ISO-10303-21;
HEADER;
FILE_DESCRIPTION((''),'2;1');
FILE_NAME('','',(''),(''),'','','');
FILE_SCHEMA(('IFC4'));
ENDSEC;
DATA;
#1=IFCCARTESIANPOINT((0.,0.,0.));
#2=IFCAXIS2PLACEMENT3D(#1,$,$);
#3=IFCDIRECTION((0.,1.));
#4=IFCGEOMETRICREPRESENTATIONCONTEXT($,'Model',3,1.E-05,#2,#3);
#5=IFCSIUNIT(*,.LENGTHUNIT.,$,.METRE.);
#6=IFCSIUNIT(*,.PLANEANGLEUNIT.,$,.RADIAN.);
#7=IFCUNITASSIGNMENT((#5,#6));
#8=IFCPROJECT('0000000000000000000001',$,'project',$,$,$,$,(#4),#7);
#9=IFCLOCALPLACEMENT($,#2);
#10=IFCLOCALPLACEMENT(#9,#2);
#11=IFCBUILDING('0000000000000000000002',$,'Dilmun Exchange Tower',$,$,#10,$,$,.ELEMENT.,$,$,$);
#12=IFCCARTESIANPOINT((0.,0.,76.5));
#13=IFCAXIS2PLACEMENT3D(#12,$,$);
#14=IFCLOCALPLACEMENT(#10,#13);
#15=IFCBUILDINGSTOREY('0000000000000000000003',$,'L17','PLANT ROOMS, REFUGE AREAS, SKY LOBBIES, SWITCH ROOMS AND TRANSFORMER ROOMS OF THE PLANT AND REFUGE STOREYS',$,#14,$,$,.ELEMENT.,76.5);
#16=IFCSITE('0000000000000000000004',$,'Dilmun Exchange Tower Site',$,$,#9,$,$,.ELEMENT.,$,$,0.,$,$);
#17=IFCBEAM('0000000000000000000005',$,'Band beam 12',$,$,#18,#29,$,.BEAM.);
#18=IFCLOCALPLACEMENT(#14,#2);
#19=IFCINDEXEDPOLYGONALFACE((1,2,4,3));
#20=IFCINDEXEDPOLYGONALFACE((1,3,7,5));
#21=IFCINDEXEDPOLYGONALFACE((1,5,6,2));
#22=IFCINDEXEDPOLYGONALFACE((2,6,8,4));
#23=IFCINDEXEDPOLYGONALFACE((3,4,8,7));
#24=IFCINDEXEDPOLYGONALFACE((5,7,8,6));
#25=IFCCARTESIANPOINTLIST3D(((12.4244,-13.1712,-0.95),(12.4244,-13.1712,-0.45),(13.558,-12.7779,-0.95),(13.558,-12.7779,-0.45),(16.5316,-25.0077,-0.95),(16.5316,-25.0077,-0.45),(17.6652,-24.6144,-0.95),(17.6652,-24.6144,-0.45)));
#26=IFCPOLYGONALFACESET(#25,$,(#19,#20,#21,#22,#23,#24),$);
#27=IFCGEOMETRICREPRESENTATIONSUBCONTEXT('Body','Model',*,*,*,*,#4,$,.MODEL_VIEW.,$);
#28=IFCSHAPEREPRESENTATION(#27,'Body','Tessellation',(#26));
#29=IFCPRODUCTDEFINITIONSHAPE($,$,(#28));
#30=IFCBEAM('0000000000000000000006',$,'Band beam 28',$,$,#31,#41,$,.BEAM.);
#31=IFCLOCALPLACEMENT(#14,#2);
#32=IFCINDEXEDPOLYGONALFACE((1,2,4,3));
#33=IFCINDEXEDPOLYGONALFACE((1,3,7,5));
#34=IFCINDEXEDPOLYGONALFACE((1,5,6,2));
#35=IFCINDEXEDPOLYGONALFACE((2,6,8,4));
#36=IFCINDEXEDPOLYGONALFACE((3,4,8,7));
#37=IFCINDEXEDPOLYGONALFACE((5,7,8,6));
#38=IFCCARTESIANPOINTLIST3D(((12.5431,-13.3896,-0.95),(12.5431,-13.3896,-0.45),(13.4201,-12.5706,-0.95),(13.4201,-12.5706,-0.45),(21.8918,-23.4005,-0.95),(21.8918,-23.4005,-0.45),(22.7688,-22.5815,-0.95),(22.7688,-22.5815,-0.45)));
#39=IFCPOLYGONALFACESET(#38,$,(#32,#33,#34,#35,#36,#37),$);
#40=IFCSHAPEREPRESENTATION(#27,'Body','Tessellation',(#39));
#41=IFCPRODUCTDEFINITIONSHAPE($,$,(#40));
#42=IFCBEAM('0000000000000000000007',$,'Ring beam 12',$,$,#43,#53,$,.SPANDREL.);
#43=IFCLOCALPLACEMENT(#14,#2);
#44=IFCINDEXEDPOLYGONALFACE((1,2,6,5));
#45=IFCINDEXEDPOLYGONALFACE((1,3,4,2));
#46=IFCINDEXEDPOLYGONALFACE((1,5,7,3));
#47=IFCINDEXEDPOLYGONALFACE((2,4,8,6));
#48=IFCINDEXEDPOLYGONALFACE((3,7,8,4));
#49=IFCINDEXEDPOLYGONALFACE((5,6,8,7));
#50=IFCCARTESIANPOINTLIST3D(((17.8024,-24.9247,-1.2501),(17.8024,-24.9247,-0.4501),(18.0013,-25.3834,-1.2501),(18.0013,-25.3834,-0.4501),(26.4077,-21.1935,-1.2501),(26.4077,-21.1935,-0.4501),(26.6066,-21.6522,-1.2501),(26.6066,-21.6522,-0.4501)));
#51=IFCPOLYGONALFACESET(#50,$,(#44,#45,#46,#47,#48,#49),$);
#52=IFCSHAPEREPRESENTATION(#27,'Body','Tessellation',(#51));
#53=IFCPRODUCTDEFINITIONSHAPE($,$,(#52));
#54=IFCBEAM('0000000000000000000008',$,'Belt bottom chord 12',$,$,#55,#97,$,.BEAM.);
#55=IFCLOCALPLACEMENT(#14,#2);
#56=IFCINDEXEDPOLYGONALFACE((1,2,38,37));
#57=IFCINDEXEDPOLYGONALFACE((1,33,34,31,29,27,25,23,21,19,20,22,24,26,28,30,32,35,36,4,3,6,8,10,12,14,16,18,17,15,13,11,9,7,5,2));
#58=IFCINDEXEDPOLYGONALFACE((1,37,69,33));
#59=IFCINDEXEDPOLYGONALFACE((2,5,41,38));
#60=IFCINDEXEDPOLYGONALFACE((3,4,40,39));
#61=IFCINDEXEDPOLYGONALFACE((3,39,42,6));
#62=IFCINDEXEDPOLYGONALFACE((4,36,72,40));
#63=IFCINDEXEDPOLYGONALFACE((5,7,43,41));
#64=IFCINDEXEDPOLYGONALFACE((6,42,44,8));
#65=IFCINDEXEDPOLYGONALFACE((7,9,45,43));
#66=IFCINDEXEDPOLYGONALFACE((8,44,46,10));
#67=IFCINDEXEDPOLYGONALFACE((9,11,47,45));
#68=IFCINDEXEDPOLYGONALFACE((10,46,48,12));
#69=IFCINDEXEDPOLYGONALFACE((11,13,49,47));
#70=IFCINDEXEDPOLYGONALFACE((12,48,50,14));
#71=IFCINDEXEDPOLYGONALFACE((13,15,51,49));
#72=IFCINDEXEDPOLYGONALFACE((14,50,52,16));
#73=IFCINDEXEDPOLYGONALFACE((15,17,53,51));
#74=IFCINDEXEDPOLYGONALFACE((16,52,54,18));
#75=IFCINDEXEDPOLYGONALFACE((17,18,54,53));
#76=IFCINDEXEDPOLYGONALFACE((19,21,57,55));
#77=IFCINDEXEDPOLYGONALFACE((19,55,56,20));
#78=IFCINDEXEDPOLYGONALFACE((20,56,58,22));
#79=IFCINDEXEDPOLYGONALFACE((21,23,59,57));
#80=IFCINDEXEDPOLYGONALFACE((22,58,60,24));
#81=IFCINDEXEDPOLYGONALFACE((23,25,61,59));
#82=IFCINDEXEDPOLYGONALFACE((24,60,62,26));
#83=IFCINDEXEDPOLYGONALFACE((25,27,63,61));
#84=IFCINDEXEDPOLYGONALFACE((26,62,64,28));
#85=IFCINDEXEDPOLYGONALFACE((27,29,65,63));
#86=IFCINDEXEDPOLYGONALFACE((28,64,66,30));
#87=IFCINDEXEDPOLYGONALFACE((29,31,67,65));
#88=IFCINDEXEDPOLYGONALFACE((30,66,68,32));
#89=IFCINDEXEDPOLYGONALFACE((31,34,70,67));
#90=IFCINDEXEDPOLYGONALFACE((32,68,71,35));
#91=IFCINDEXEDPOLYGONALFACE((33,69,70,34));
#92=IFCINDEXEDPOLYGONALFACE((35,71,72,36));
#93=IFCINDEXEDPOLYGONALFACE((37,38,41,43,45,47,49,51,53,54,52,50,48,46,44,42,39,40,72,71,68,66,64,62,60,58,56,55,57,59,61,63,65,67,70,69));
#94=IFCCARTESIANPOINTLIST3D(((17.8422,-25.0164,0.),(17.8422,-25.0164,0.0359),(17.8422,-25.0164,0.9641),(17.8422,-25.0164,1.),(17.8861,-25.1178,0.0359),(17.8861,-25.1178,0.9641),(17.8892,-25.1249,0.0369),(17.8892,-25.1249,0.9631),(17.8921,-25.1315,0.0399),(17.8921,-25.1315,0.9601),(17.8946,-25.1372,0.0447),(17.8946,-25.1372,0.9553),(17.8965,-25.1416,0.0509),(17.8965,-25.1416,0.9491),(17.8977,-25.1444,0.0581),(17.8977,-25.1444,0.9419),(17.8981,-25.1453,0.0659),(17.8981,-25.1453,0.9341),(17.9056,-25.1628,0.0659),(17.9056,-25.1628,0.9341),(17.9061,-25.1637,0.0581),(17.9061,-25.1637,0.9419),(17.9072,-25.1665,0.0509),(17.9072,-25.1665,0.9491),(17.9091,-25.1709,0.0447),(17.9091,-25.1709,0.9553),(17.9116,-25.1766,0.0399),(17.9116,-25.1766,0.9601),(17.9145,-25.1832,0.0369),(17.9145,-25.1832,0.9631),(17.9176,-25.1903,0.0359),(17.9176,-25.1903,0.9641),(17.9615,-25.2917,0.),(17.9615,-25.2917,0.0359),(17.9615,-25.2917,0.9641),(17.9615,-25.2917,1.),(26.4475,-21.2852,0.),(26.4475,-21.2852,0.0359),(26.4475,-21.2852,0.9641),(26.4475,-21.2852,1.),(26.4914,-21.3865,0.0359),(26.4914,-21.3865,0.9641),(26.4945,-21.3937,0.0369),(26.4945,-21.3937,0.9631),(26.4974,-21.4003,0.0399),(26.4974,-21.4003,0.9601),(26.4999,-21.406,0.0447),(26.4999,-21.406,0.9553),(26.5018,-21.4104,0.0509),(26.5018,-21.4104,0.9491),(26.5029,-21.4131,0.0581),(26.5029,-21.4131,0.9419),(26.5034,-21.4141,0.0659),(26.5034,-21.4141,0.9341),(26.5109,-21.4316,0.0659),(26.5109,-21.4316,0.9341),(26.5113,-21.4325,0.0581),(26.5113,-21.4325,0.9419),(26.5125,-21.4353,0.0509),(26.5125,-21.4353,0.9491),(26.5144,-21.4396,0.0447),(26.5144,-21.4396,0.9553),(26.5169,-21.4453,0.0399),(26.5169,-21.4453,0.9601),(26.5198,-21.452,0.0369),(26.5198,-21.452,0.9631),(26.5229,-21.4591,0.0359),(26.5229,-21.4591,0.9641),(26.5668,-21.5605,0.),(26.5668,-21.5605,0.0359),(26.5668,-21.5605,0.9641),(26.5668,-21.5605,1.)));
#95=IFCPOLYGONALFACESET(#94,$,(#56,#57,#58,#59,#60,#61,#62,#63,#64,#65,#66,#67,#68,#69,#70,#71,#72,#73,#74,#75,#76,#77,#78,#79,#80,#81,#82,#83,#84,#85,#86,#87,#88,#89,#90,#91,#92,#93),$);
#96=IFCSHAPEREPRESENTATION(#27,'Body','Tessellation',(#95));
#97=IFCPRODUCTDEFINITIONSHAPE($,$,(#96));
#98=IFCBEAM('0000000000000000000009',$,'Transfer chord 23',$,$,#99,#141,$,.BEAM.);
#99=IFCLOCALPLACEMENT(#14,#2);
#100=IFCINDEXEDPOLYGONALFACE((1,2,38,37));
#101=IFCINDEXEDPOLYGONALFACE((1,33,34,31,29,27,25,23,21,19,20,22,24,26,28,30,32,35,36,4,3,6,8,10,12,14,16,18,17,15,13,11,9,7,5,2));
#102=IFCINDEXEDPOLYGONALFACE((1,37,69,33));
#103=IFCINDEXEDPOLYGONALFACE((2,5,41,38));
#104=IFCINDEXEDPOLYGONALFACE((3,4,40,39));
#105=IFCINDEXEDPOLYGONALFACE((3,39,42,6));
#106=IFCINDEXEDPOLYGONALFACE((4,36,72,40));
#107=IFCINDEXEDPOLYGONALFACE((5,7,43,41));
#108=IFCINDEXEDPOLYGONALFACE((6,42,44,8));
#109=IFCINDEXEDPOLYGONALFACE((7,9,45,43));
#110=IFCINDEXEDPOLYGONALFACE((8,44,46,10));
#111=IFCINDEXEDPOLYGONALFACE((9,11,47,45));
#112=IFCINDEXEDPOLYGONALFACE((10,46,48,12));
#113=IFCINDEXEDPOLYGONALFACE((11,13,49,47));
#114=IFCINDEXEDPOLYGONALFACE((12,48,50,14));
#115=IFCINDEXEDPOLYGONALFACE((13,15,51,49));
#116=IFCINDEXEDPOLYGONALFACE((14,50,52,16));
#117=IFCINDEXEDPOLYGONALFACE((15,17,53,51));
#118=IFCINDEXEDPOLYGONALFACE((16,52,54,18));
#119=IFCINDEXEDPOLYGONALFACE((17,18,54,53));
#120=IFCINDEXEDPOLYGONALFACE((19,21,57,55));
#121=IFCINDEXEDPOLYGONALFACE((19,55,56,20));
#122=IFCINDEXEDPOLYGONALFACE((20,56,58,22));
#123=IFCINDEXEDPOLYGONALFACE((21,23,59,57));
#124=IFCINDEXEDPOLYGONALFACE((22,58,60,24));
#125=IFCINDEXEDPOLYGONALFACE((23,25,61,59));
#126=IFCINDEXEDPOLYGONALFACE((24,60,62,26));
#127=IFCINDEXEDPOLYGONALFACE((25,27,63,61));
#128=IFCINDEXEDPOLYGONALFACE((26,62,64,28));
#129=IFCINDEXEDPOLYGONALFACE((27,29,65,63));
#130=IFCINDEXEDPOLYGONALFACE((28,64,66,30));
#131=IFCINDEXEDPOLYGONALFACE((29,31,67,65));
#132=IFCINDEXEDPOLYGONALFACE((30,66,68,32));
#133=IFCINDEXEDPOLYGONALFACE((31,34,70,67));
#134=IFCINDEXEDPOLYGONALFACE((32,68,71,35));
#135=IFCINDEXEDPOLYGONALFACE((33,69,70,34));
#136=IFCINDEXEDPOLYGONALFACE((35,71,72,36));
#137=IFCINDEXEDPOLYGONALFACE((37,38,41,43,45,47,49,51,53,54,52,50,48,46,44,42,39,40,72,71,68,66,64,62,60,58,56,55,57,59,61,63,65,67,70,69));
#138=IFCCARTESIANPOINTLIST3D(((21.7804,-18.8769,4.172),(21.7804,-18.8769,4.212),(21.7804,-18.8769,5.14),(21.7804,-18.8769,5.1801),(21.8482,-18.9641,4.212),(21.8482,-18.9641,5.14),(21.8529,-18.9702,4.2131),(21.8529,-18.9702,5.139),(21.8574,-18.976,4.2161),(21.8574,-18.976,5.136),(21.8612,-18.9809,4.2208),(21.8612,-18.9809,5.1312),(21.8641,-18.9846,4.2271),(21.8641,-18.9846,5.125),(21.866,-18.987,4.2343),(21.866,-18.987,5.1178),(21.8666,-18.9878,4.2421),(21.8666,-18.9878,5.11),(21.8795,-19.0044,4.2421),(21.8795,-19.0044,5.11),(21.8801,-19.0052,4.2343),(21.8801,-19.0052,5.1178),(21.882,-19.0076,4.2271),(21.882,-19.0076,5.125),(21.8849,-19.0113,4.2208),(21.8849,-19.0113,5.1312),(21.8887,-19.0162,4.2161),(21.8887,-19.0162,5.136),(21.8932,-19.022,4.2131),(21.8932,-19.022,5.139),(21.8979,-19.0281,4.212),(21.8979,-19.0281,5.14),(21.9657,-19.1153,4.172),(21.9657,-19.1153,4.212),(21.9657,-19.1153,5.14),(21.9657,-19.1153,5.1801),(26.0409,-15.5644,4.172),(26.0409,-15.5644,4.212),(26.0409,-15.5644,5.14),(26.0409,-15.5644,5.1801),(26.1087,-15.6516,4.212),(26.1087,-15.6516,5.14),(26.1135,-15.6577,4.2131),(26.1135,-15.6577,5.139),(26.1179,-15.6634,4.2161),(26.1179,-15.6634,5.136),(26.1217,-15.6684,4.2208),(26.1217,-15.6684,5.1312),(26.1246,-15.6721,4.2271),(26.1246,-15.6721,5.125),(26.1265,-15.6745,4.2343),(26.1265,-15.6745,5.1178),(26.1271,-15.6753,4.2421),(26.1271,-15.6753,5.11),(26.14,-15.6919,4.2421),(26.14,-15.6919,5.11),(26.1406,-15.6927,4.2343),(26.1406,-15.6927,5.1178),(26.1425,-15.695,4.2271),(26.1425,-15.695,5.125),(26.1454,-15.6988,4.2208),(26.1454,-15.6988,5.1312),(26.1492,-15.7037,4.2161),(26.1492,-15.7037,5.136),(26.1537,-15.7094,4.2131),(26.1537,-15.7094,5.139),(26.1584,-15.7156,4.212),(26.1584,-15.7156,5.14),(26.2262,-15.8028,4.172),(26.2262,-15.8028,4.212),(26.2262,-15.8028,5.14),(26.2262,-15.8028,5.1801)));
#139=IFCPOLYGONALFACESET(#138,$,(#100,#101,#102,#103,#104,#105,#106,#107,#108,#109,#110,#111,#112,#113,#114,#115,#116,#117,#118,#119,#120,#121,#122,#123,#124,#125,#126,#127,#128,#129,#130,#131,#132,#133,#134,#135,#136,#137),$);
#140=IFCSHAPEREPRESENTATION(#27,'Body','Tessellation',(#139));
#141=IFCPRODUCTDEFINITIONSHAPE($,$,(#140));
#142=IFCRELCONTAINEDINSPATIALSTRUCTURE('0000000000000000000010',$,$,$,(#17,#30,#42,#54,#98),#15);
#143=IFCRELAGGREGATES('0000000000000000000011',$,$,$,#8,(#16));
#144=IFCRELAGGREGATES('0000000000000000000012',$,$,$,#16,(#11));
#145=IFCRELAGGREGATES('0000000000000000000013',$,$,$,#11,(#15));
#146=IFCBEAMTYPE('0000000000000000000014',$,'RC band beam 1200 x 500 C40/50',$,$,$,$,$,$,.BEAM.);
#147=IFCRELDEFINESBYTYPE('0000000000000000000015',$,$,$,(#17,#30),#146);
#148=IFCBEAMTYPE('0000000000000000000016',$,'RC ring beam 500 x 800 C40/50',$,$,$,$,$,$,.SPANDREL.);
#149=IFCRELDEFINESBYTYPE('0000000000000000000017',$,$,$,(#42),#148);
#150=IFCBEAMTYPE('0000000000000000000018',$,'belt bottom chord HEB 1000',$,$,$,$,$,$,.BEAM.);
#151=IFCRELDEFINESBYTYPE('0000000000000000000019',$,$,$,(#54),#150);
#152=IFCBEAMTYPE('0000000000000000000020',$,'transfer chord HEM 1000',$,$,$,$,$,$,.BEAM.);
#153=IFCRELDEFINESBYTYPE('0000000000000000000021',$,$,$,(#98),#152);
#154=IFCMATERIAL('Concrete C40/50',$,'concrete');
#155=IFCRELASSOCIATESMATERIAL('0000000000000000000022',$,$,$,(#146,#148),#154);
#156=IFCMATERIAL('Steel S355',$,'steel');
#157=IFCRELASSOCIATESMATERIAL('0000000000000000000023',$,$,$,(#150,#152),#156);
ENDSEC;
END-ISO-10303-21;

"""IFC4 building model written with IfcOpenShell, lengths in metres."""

from ifc_helpers import new_model, si_unit, direction, frame, origin, origin_2d, place, context, subcontext, project, spatial, rectangle, i_section, extrude, material, material_profile, profile_set, type_object, element, save


model = new_model("IFC4")

# Units and contexts
model_context = context("Model", 3, precision=1e-05, world=origin(), true_north=direction((0.0, 1.0)))
body_context = subcontext(model_context, "Body", "Model", "MODEL_VIEW")
ifc_project = project(units=[si_unit("LENGTHUNIT", "METRE"), si_unit("PLANEANGLEUNIT", "RADIAN")], contexts=[model_context])

# Site, building, storey
site_placement = place(None, origin())
site = spatial("IfcSite", under=ifc_project, at=site_placement, Name="Dilmun Exchange Tower Site", CompositionType="ELEMENT", RefElevation=0.0)
building_placement = place(site_placement, origin())
building = spatial("IfcBuilding", under=site, at=building_placement, Name="Dilmun Exchange Tower", CompositionType="ELEMENT")
storey_placement = place(building_placement, frame((0.0, 0.0, 76.5)))
storey = spatial("IfcBuildingStorey", under=building, at=storey_placement, Name="L17", Description="PLANT ROOMS, REFUGE AREAS, SKY LOBBIES, SWITCH ROOMS AND TRANSFORMER ROOMS OF THE PLANT AND REFUGE STOREYS", CompositionType="ELEMENT", Elevation=76.5)

# Beams
ifc_material_1 = material(Name="Concrete C40/50", Category="concrete")
ifc_material_profile_1 = material_profile(ifc_material_1, rectangle(XDim=1.2, YDim=0.5, at=origin_2d()), Name="1200 x 500")
ifc_profile_set_1 = profile_set([ifc_material_profile_1], Name="Concrete C40/50")
beam_type_1 = type_object("IfcBeamType", Name="RC band beam 1200 x 500 C40/50", PredefinedType="BEAM", material=ifc_profile_set_1)
beam_1_placement = place(storey_placement, frame((17.0984, -24.811, -0.7), z_axis=(-0.32782, 0.94474, 0.0), x_axis=(-0.94474, -0.32782, 0.0)))
element("IfcBeam", 1, at=beam_1_placement, inside=storey, type_object=beam_type_1, Name="Band beam 12", PredefinedType="BEAM", context=body_context, shape_type="SweptSolid", body=[
    extrude(rectangle(XDim=1.2, YDim=0.5, at=origin_2d()), origin(), (0.0, 0.0, 1.0), 12.5288),
])
beam_2_placement = place(storey_placement, frame((22.3303, -22.991, -0.7), z_axis=(-0.682524, 0.730863, 0.0), x_axis=(-0.730863, -0.682524, 0.0)))
element("IfcBeam", 2, at=beam_2_placement, inside=storey, type_object=beam_type_1, Name="Band beam 28", PredefinedType="BEAM", context=body_context, shape_type="SweptSolid", body=[
    extrude(rectangle(XDim=1.2, YDim=0.5, at=origin_2d()), origin(), (0.0, 0.0, 1.0), 13.6973),
])
ifc_material_profile_2 = material_profile(ifc_material_1, rectangle(XDim=0.5, YDim=0.8, at=origin_2d()), Name="500 x 800")
ifc_profile_set_2 = profile_set([ifc_material_profile_2], Name="Concrete C40/50")
beam_type_2 = type_object("IfcBeamType", Name="RC ring beam 500 x 800 C40/50", PredefinedType="SPANDREL", material=ifc_profile_set_2)
beam_3_placement = place(storey_placement, frame((17.9019, -25.1541, -0.8501), z_axis=(0.917467, 0.397811, 0.0), x_axis=(-0.397811, 0.917467, 0.0)))
element("IfcBeam", 3, at=beam_3_placement, inside=storey, type_object=beam_type_2, Name="Ring beam 12", PredefinedType="SPANDREL", context=body_context, shape_type="SweptSolid", body=[
    extrude(rectangle(XDim=0.5, YDim=0.8, at=origin_2d()), origin(), (0.0, 0.0, 1.0), 9.3794),
])
ifc_material_2 = material(Name="Steel S355", Category="steel")
ifc_material_profile_3 = material_profile(ifc_material_2, i_section(OverallWidth=0.3, OverallDepth=1.0, WebThickness=0.019, FlangeThickness=0.0359, FilletRadius=0.03, at=origin_2d()), Name="HEB 1000")
ifc_profile_set_3 = profile_set([ifc_material_profile_3], Name="Steel S355")
beam_type_3 = type_object("IfcBeamType", Name="belt bottom chord HEB 1000", PredefinedType="BEAM", material=ifc_profile_set_3)
beam_4_placement = place(storey_placement, frame((17.9019, -25.1541, 0.5), z_axis=(0.917467, 0.397811, 0.0), x_axis=(-0.397811, 0.917467, 0.0)))
element("IfcBeam", 4, at=beam_4_placement, inside=storey, type_object=beam_type_3, Name="Belt bottom chord 12", PredefinedType="BEAM", context=body_context, shape_type="SweptSolid", body=[
    extrude(i_section(OverallWidth=0.3, OverallDepth=1.0, WebThickness=0.019, FlangeThickness=0.0359, FilletRadius=0.03, at=origin_2d()), origin(), (0.0, 0.0, 1.0), 9.3794),
])
ifc_material_profile_4 = material_profile(ifc_material_2, i_section(OverallWidth=0.302, OverallDepth=1.0081, WebThickness=0.021, FlangeThickness=0.04, FilletRadius=0.03, at=origin_2d()), Name="HEM 1000")
ifc_profile_set_4 = profile_set([ifc_material_profile_4], Name="Steel S355")
beam_type_4 = type_object("IfcBeamType", Name="transfer chord HEM 1000", PredefinedType="BEAM", material=ifc_profile_set_4)
beam_5_placement = place(storey_placement, frame((21.873, -18.9961, 4.676), z_axis=(0.789462, 0.6138, 0.0), x_axis=(-0.6138, 0.789462, 0.0)))
element("IfcBeam", 5, at=beam_5_placement, inside=storey, type_object=beam_type_4, Name="Transfer chord 23", PredefinedType="BEAM", context=body_context, shape_type="SweptSolid", body=[
    extrude(i_section(OverallWidth=0.302, OverallDepth=1.0081, WebThickness=0.021, FlangeThickness=0.04, FilletRadius=0.03, at=origin_2d()), origin(), (0.0, 0.0, 1.0), 5.3967),
])

save(model, "model.ifc")
